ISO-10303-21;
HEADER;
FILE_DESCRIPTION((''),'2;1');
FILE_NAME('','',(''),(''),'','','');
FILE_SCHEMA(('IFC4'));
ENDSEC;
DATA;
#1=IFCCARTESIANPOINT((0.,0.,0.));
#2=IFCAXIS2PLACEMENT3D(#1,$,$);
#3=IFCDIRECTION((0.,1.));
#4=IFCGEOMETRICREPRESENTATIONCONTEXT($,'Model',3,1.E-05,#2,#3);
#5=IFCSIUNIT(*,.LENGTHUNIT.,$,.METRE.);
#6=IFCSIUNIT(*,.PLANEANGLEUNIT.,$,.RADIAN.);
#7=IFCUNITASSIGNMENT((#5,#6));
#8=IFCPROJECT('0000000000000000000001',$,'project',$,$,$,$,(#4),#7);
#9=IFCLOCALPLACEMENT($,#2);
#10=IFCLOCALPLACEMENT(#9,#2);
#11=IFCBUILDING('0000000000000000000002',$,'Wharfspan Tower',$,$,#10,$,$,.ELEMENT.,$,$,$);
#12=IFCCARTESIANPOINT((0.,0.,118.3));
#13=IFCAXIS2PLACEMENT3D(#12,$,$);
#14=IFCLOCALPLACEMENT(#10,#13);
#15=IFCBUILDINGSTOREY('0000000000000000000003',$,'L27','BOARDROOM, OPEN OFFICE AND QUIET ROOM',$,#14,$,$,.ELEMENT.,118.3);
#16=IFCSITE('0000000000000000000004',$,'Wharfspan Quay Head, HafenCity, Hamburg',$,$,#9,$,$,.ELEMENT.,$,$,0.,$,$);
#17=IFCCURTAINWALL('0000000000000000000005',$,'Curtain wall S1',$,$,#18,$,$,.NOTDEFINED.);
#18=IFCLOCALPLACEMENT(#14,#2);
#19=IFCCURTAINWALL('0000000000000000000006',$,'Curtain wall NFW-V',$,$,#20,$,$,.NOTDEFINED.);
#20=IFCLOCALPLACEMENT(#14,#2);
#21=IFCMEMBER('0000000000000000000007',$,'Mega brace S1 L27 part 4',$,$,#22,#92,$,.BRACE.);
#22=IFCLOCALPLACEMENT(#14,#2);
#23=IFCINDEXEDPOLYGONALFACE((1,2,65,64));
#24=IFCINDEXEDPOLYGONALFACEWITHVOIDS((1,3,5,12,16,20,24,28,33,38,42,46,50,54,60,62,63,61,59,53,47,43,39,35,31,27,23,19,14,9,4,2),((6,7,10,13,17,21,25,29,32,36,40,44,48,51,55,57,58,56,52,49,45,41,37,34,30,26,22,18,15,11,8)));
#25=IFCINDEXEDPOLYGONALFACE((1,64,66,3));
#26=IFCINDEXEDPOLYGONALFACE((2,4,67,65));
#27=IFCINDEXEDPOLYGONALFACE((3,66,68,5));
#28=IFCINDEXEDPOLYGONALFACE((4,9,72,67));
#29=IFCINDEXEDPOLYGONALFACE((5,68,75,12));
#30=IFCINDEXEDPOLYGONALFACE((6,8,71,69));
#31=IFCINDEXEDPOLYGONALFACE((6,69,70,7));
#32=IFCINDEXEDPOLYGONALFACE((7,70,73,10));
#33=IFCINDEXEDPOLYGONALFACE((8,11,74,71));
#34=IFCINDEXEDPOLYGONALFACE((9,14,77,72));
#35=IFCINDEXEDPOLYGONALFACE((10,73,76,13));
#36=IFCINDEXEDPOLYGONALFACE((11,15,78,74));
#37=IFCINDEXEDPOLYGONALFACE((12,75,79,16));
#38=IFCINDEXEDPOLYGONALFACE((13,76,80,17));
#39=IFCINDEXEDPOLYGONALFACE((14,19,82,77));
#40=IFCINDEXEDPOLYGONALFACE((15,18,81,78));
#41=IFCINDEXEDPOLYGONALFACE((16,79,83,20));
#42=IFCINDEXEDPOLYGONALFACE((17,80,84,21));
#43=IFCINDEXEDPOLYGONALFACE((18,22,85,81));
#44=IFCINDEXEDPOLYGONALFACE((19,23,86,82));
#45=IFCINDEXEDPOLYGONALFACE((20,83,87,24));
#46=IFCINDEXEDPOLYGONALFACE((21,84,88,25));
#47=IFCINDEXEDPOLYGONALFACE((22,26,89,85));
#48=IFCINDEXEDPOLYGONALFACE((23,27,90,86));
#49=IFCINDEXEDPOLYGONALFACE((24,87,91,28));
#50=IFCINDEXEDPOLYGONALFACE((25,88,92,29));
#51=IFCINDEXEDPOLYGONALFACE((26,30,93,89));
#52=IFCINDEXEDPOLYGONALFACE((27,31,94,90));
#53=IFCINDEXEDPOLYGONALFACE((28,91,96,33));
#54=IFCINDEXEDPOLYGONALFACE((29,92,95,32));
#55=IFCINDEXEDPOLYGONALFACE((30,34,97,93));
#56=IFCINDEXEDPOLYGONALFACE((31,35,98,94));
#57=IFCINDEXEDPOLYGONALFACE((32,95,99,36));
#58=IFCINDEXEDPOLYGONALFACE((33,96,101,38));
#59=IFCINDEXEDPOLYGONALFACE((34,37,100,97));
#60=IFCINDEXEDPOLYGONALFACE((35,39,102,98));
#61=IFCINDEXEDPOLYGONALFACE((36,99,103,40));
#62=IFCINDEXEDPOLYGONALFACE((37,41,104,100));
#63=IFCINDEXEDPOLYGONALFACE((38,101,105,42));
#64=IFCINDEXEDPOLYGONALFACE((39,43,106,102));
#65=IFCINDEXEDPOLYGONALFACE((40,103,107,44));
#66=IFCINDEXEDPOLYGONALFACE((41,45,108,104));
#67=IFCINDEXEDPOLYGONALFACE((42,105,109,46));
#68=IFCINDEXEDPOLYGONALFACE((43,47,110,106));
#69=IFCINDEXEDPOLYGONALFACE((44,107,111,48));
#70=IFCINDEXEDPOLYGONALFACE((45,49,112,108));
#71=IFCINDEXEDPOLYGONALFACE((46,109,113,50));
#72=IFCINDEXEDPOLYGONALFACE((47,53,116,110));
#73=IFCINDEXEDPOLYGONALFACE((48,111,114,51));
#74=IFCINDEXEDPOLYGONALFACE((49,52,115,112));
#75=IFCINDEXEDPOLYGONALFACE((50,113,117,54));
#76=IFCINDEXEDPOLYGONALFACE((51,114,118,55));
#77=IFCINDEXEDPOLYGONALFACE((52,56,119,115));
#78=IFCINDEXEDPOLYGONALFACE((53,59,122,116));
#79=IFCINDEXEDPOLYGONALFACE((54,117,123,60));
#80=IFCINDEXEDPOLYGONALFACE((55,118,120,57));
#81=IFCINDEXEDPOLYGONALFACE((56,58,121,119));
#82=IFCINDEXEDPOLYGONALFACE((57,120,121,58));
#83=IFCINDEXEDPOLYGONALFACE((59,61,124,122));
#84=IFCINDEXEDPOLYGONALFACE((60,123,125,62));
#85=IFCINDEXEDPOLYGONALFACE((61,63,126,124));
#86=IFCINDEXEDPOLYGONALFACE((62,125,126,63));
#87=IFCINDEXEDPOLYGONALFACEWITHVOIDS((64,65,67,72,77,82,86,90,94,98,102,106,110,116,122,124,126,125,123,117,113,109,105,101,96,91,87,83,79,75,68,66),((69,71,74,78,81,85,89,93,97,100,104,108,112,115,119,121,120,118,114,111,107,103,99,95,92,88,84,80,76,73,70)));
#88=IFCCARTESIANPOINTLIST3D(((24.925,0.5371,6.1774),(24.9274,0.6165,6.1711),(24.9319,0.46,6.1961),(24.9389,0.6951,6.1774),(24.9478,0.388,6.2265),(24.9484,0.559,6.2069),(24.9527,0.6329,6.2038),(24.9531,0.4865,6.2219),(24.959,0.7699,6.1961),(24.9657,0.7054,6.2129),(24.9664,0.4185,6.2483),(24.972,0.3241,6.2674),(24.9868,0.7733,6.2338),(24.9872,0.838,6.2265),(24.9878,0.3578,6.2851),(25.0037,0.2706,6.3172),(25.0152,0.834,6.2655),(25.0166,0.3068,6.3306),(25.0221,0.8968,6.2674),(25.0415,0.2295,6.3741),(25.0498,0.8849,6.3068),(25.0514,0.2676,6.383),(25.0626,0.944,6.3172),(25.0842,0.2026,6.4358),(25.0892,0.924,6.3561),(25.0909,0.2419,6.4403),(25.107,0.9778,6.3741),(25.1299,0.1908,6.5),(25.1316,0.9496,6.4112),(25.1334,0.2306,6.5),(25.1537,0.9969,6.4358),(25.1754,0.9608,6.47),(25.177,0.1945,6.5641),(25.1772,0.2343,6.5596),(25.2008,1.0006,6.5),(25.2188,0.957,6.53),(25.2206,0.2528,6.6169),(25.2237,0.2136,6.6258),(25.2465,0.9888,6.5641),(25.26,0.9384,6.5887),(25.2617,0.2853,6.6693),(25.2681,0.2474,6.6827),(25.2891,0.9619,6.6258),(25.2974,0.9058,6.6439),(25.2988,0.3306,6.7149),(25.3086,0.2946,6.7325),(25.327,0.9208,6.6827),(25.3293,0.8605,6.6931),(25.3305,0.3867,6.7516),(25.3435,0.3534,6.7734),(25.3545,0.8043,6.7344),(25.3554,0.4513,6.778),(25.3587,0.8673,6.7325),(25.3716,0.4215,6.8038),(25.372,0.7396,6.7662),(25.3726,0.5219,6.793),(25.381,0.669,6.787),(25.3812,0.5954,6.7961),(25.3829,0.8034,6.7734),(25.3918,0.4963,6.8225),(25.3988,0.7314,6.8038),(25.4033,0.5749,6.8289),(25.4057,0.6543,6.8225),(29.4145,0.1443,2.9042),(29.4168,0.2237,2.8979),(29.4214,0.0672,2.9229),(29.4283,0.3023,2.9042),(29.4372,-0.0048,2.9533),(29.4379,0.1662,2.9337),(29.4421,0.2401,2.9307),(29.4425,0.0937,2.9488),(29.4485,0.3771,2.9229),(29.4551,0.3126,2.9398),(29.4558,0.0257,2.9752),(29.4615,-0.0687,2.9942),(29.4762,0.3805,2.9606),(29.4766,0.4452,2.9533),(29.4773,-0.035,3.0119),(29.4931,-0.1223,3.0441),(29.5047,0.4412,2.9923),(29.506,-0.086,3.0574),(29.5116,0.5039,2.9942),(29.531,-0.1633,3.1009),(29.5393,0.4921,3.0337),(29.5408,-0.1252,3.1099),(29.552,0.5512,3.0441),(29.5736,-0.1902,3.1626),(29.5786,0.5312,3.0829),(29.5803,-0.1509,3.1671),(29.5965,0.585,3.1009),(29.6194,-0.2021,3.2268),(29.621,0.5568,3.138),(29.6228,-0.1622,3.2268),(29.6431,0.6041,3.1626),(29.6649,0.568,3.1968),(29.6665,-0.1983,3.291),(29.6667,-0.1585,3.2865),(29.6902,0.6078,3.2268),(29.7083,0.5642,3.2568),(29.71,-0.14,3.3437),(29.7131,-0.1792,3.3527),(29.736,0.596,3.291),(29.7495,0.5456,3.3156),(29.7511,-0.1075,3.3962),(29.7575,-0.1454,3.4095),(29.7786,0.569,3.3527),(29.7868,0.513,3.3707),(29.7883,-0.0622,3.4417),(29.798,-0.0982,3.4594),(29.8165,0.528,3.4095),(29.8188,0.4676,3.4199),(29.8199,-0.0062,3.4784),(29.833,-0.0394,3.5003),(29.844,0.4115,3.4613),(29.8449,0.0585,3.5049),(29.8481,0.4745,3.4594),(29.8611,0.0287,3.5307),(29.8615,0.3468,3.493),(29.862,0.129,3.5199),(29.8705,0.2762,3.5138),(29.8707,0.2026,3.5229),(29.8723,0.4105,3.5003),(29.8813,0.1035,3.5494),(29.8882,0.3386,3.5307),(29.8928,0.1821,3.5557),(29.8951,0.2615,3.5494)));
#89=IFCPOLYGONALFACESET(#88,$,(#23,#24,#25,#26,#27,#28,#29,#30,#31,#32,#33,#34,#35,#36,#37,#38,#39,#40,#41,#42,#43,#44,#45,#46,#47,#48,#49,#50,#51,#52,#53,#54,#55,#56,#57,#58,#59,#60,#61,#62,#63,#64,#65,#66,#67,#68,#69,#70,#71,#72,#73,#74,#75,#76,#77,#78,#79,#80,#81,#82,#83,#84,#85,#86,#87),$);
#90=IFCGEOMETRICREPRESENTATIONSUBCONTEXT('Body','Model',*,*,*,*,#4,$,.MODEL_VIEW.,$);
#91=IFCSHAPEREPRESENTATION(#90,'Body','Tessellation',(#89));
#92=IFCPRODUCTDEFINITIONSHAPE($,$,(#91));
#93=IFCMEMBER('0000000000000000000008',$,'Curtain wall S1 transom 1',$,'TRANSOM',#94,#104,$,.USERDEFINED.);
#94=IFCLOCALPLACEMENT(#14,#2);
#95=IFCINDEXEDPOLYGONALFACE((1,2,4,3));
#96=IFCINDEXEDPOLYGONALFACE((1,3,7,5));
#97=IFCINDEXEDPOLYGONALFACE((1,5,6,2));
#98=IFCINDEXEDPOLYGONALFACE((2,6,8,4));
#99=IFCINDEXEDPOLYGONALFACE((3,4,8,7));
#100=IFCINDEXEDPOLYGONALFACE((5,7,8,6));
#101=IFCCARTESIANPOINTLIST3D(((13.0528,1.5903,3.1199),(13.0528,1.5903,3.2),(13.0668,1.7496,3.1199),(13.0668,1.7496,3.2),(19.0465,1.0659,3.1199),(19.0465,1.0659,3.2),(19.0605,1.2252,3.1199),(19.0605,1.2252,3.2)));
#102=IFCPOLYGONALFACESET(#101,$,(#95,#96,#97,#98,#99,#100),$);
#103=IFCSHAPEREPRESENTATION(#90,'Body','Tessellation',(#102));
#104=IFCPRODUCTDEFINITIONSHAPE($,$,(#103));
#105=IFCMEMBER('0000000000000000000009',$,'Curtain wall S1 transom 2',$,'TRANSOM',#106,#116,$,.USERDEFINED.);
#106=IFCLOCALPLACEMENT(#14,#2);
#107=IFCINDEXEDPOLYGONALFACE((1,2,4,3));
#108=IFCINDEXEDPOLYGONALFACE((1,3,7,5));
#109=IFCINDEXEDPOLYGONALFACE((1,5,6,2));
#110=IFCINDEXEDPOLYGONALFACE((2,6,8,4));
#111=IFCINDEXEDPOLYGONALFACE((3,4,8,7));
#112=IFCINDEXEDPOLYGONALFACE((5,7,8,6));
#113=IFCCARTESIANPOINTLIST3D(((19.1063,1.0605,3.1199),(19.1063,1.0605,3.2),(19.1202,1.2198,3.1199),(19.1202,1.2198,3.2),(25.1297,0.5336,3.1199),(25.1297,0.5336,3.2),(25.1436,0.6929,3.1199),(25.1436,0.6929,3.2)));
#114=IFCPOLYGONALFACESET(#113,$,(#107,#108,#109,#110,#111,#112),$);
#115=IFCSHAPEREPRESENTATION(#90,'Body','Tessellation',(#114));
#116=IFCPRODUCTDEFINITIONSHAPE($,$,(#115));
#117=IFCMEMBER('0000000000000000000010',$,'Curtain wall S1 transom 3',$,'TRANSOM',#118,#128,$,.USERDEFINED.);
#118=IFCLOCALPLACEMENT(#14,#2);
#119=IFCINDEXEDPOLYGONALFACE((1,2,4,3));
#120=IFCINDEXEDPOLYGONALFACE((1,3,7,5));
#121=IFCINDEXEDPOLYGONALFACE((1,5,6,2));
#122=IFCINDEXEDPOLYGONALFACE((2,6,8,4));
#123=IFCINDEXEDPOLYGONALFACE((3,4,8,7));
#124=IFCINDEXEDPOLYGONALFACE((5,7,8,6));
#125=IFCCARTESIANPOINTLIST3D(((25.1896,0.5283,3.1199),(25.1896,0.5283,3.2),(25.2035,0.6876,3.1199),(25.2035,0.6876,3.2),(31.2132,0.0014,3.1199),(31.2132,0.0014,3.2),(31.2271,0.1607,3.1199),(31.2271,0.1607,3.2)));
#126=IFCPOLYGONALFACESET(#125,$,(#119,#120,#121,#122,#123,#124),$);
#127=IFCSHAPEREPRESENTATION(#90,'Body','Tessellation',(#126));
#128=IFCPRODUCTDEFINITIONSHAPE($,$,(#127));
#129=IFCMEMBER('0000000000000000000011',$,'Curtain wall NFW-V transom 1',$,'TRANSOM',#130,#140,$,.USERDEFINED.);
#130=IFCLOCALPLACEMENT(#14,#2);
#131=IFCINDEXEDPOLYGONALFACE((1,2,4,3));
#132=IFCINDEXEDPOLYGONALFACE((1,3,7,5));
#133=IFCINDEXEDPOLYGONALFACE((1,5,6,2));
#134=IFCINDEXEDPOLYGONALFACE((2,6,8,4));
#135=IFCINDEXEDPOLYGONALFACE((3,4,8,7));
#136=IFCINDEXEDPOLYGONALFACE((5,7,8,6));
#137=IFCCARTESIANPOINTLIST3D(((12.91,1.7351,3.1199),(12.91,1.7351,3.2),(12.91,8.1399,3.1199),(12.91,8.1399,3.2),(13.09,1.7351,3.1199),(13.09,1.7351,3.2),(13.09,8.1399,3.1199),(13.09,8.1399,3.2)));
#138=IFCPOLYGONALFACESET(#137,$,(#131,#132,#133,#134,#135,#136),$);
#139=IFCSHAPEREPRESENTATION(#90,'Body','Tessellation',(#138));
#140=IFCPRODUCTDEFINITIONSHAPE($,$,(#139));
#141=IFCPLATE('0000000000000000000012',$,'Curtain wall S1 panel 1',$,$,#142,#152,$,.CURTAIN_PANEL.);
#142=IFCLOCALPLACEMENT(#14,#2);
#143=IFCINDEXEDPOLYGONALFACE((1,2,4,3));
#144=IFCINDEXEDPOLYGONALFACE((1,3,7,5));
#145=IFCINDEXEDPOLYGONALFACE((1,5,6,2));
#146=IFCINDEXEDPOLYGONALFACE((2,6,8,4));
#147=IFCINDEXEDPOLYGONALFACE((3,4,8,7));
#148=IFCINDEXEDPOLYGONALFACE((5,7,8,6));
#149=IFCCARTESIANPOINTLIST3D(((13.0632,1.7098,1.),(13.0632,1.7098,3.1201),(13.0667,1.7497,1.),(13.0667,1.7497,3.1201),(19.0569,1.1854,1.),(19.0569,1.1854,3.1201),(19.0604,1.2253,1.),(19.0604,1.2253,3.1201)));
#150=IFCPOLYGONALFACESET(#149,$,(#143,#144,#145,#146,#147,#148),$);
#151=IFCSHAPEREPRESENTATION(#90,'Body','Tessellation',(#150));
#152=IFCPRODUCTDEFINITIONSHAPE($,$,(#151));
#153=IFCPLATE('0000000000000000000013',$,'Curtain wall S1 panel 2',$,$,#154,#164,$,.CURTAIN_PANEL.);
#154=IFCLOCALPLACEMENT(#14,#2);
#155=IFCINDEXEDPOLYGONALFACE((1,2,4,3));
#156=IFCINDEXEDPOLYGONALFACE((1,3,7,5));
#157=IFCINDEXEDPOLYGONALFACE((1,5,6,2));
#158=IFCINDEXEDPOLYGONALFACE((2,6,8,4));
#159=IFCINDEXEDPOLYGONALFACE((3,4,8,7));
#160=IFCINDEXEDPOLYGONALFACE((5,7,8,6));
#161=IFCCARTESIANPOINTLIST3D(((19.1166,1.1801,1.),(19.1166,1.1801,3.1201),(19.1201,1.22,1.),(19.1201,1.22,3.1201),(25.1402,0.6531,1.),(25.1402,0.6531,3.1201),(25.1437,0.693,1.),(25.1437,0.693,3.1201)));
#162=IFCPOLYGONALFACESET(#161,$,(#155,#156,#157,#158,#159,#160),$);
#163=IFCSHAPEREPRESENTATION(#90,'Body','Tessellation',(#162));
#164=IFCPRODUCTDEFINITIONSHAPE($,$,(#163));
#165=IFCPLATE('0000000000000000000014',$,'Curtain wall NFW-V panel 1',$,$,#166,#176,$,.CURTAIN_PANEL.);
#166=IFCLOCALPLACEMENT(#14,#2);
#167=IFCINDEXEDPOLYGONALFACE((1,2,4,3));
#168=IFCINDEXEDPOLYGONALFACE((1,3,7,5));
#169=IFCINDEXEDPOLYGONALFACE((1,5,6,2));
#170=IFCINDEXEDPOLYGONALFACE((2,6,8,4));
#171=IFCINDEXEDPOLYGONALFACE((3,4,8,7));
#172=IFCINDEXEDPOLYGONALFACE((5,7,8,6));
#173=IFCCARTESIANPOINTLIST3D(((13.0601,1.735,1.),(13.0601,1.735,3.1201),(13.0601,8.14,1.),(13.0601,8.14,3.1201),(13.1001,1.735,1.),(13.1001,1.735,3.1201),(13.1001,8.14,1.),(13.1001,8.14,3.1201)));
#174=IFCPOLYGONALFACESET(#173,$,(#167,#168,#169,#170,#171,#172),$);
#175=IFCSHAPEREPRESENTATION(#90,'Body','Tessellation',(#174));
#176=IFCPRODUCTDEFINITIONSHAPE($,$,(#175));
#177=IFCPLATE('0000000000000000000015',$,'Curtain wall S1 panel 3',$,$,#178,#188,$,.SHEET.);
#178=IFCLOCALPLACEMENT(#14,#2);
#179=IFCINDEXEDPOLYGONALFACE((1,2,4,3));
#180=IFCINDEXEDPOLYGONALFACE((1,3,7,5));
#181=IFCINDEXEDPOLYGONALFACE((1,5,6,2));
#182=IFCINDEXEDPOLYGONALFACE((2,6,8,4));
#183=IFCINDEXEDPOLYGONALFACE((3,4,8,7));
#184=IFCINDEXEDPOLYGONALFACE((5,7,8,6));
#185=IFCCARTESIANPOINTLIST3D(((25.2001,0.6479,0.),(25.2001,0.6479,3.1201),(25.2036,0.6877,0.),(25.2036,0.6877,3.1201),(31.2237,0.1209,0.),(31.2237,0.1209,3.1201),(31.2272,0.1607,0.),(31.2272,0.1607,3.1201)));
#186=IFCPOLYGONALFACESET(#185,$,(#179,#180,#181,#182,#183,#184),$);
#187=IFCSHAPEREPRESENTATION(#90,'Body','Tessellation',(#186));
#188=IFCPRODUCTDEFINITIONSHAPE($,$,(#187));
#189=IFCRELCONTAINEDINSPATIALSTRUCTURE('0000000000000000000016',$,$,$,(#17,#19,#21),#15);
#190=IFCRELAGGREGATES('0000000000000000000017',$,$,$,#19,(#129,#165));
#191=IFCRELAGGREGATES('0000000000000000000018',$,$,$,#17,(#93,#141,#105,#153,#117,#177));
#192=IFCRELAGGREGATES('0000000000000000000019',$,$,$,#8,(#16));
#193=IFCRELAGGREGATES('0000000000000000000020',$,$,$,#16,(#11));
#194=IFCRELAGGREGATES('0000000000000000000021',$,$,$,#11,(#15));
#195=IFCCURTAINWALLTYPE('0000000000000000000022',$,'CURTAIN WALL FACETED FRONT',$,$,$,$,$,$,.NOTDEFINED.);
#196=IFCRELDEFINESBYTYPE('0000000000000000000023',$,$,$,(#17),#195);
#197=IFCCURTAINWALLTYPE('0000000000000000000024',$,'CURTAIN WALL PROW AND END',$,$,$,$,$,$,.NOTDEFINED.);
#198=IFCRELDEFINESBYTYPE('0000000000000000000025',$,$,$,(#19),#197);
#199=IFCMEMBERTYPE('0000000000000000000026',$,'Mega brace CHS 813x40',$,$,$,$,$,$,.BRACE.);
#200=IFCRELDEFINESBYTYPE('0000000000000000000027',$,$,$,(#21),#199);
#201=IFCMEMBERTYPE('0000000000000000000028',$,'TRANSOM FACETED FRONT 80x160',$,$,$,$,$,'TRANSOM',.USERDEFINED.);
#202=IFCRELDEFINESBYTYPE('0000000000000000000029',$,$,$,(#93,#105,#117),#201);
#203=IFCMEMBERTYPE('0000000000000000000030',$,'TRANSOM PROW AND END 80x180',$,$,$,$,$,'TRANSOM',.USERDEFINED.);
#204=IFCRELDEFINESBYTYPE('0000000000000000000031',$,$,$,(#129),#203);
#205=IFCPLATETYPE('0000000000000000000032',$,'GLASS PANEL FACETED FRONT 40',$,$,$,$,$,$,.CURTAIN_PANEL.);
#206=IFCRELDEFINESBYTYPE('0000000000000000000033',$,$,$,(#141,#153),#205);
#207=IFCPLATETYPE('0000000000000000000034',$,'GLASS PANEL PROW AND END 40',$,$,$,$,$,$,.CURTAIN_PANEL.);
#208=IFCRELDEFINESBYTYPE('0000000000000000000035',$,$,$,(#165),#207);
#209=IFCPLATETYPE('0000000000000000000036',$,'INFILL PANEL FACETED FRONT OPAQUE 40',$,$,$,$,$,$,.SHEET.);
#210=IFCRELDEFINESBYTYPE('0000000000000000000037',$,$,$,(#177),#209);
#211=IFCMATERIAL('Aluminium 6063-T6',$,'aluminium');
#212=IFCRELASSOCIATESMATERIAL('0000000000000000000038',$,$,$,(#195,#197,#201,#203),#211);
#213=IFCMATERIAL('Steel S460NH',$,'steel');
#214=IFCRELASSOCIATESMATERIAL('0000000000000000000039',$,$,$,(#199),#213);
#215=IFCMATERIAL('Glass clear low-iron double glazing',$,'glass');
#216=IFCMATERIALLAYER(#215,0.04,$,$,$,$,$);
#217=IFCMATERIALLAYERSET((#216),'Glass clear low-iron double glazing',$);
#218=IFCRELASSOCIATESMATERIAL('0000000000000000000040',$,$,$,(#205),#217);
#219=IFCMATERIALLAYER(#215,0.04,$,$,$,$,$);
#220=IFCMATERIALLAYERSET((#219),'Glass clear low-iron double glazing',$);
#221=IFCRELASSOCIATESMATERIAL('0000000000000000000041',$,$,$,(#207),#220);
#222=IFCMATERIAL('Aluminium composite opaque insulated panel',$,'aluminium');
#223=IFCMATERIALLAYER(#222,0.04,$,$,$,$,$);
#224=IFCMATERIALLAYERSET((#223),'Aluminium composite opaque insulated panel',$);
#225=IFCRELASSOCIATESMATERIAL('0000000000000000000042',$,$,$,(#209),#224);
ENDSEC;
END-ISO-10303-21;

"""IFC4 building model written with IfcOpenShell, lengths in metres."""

from ifc_helpers import new_model, si_unit, direction, frame, origin, origin_2d, place, context, subcontext, project, spatial, rectangle, hollow_circle, extrude, material, layer, layer_set, material_profile, profile_set, type_object, element, aggregate, save


model = new_model("IFC4")

# Units and contexts
model_context = context("Model", 3, precision=1e-05, world=origin(), true_north=direction((0.0, 1.0)))
body_context = subcontext(model_context, "Body", "Model", "MODEL_VIEW")
ifc_project = project(units=[si_unit("LENGTHUNIT", "METRE"), si_unit("PLANEANGLEUNIT", "RADIAN")], contexts=[model_context])

# Site, building, storey
site_placement = place(None, origin())
site = spatial("IfcSite", under=ifc_project, at=site_placement, Name="Wharfspan Quay Head, HafenCity, Hamburg", CompositionType="ELEMENT", RefElevation=0.0)
building_placement = place(site_placement, origin())
building = spatial("IfcBuilding", under=site, at=building_placement, Name="Wharfspan Tower", CompositionType="ELEMENT")
storey_placement = place(building_placement, frame((0.0, 0.0, 118.3)))
storey = spatial("IfcBuildingStorey", under=building, at=storey_placement, Name="L27", Description="BOARDROOM, OPEN OFFICE AND QUIET ROOM", CompositionType="ELEMENT", Elevation=118.3)

# Curtain wall
ifc_material_1 = material(Name="Aluminium 6063-T6", Category="aluminium")
curtain_wall_type_1 = type_object("IfcCurtainWallType", Name="CURTAIN WALL FACETED FRONT", PredefinedType="NOTDEFINED", material=ifc_material_1)
curtain_wall_1_placement = place(storey_placement, origin())
curtain_wall_1 = element("IfcCurtainWall", 1, at=curtain_wall_1_placement, inside=storey, type_object=curtain_wall_type_1, Name="Curtain wall S1", PredefinedType="NOTDEFINED")

# Curtain wall
curtain_wall_type_2 = type_object("IfcCurtainWallType", Name="CURTAIN WALL PROW AND END", PredefinedType="NOTDEFINED", material=ifc_material_1)
curtain_wall_2_placement = place(storey_placement, origin())
curtain_wall_2 = element("IfcCurtainWall", 2, at=curtain_wall_2_placement, inside=storey, type_object=curtain_wall_type_2, Name="Curtain wall NFW-V", PredefinedType="NOTDEFINED")

# Members
ifc_material_2 = material(Name="Steel S460NH", Category="steel")
ifc_material_profile_1 = material_profile(ifc_material_2, hollow_circle(Radius=0.4065, WallThickness=0.04, at=origin_2d()))
ifc_profile_set_1 = profile_set([ifc_material_profile_1], Name="Steel S460NH")
member_type_1 = type_object("IfcMemberType", Name="Mega brace CHS 813x40", PredefinedType="BRACE", material=ifc_profile_set_1)
member_1_placement = place(storey_placement, frame((29.6548, 0.2029, 3.2268), z_axis=(-0.80603, 0.070526, 0.587658), x_axis=(-0.087167, -0.996192, -0.000003)))
element("IfcMember", 3, at=member_1_placement, inside=storey, type_object=member_type_1, Name="Mega brace S1 L27 part 4", PredefinedType="BRACE", context=body_context, shape_type="SweptSolid", body=[
    extrude(hollow_circle(Radius=0.4065, WallThickness=0.04, at=origin_2d()), origin(), (0.0, 0.0, 1.0), 5.5698),
])
ifc_material_profile_2 = material_profile(ifc_material_1, rectangle(XDim=0.1599, YDim=0.0801, at=origin_2d()))
ifc_profile_set_2 = profile_set([ifc_material_profile_2], Name="Aluminium 6063-T6")
member_type_2 = type_object("IfcMemberType", Name="TRANSOM FACETED FRONT 80x160", ElementType="TRANSOM", PredefinedType="USERDEFINED", material=ifc_profile_set_2)
member_2_placement = place(storey_placement, frame((13.0598, 1.6699, 3.1599), z_axis=(0.996194, -0.087162, 0.0), x_axis=(0.087162, 0.996194, 0.0)))
member_2 = element("IfcMember", 4, at=member_2_placement, type_object=member_type_2, Name="Curtain wall S1 transom 1", ObjectType="TRANSOM", PredefinedType="USERDEFINED", context=body_context, shape_type="SweptSolid", body=[
    extrude(rectangle(XDim=0.1599, YDim=0.0801, at=origin_2d()), origin(), (0.0, 0.0, 1.0), 6.0166),
])
member_3_placement = place(storey_placement, frame((19.1133, 1.1401, 3.1599), z_axis=(0.996197, -0.087135, 0.0), x_axis=(0.087135, 0.996197, 0.0)))
member_3 = element("IfcMember", 5, at=member_3_placement, type_object=member_type_2, Name="Curtain wall S1 transom 2", ObjectType="TRANSOM", PredefinedType="USERDEFINED", context=body_context, shape_type="SweptSolid", body=[
    extrude(rectangle(XDim=0.1599, YDim=0.0801, at=origin_2d()), origin(), (0.0, 0.0, 1.0), 6.0464),
])
member_4_placement = place(storey_placement, frame((25.1965, 0.6079, 3.1599), z_axis=(0.996197, -0.087131, 0.0), x_axis=(0.087131, 0.996197, 0.0)))
member_4 = element("IfcMember", 6, at=member_4_placement, type_object=member_type_2, Name="Curtain wall S1 transom 3", ObjectType="TRANSOM", PredefinedType="USERDEFINED", context=body_context, shape_type="SweptSolid", body=[
    extrude(rectangle(XDim=0.1599, YDim=0.0801, at=origin_2d()), origin(), (0.0, 0.0, 1.0), 6.0466),
])
ifc_material_profile_3 = material_profile(ifc_material_1, rectangle(XDim=0.1799, YDim=0.0801, at=origin_2d()))
ifc_profile_set_3 = profile_set([ifc_material_profile_3], Name="Aluminium 6063-T6")
member_type_3 = type_object("IfcMemberType", Name="TRANSOM PROW AND END 80x180", ElementType="TRANSOM", PredefinedType="USERDEFINED", material=ifc_profile_set_3)
member_5_placement = place(storey_placement, frame((13.0, 8.1399, 3.1599), z_axis=(0.0, -1.0, 0.0), x_axis=(1.0, 0.0, 0.0)))
member_5 = element("IfcMember", 7, at=member_5_placement, type_object=member_type_3, Name="Curtain wall NFW-V transom 1", ObjectType="TRANSOM", PredefinedType="USERDEFINED", context=body_context, shape_type="SweptSolid", body=[
    extrude(rectangle(XDim=0.1799, YDim=0.0801, at=origin_2d()), origin(), (0.0, 0.0, 1.0), 6.4048),
])

# Plates
ifc_material_3 = material(Name="Glass clear low-iron double glazing", Category="glass")
ifc_layer_1 = layer(ifc_material_3, 0.04)
ifc_layer_set_1 = layer_set([ifc_layer_1], Name="Glass clear low-iron double glazing")
plate_type_1 = type_object("IfcPlateType", Name="GLASS PANEL FACETED FRONT 40", PredefinedType="CURTAIN_PANEL", material=ifc_layer_set_1)
plate_1_placement = place(storey_placement, frame((16.0618, 1.4675, 1.0), z_axis=(0.0, 0.0, 1.0), x_axis=(0.996198, -0.087156, 0.0)))
plate_1 = element("IfcPlate", 8, at=plate_1_placement, type_object=plate_type_1, Name="Curtain wall S1 panel 1", PredefinedType="CURTAIN_PANEL", context=body_context, shape_type="SweptSolid", body=[
    extrude(rectangle(XDim=6.0166, YDim=0.04, at=origin_2d()), origin(), (0.0, 0.0, 1.0), 2.1201),
])
plate_2_placement = place(storey_placement, frame((22.1301, 0.9365, 1.0), z_axis=(0.0, 0.0, 1.0), x_axis=(0.996198, -0.087156, 0.0)))
plate_2 = element("IfcPlate", 9, at=plate_2_placement, type_object=plate_type_1, Name="Curtain wall S1 panel 2", PredefinedType="CURTAIN_PANEL", context=body_context, shape_type="SweptSolid", body=[
    extrude(rectangle(XDim=6.0466, YDim=0.04, at=origin_2d()), origin(), (0.0, 0.0, 1.0), 2.1201),
])
ifc_layer_2 = layer(ifc_material_3, 0.04)
ifc_layer_set_2 = layer_set([ifc_layer_2], Name="Glass clear low-iron double glazing")
plate_type_2 = type_object("IfcPlateType", Name="GLASS PANEL PROW AND END 40", PredefinedType="CURTAIN_PANEL", material=ifc_layer_set_2)
plate_3_placement = place(storey_placement, frame((13.0801, 4.9375, 1.0), z_axis=(0.0, 0.0, 1.0), x_axis=(0.0, -1.0, 0.0)))
plate_3 = element("IfcPlate", 10, at=plate_3_placement, type_object=plate_type_2, Name="Curtain wall NFW-V panel 1", PredefinedType="CURTAIN_PANEL", context=body_context, shape_type="SweptSolid", body=[
    extrude(rectangle(XDim=6.405, YDim=0.04, at=origin_2d()), origin(), (0.0, 0.0, 1.0), 2.1201),
])
aggregate(curtain_wall_2, [member_5, plate_3])
ifc_material_4 = material(Name="Aluminium composite opaque insulated panel", Category="aluminium")
ifc_layer_3 = layer(ifc_material_4, 0.04)
ifc_layer_set_3 = layer_set([ifc_layer_3], Name="Aluminium composite opaque insulated panel")
plate_type_3 = type_object("IfcPlateType", Name="INFILL PANEL FACETED FRONT OPAQUE 40", PredefinedType="SHEET", material=ifc_layer_set_3)
plate_4_placement = place(storey_placement, frame((28.2136, 0.4043, 0.0), z_axis=(0.0, 0.0, 1.0), x_axis=(0.996198, -0.087156, 0.0)))
plate_4 = element("IfcPlate", 11, at=plate_4_placement, type_object=plate_type_3, Name="Curtain wall S1 panel 3", PredefinedType="SHEET", context=body_context, shape_type="SweptSolid", body=[
    extrude(rectangle(XDim=6.0466, YDim=0.04, at=origin_2d()), origin(), (0.0, 0.0, 1.0), 3.1201),
])
aggregate(curtain_wall_1, [member_2, plate_1, member_3, plate_2, member_4, plate_4])

save(model, "model.ifc")
